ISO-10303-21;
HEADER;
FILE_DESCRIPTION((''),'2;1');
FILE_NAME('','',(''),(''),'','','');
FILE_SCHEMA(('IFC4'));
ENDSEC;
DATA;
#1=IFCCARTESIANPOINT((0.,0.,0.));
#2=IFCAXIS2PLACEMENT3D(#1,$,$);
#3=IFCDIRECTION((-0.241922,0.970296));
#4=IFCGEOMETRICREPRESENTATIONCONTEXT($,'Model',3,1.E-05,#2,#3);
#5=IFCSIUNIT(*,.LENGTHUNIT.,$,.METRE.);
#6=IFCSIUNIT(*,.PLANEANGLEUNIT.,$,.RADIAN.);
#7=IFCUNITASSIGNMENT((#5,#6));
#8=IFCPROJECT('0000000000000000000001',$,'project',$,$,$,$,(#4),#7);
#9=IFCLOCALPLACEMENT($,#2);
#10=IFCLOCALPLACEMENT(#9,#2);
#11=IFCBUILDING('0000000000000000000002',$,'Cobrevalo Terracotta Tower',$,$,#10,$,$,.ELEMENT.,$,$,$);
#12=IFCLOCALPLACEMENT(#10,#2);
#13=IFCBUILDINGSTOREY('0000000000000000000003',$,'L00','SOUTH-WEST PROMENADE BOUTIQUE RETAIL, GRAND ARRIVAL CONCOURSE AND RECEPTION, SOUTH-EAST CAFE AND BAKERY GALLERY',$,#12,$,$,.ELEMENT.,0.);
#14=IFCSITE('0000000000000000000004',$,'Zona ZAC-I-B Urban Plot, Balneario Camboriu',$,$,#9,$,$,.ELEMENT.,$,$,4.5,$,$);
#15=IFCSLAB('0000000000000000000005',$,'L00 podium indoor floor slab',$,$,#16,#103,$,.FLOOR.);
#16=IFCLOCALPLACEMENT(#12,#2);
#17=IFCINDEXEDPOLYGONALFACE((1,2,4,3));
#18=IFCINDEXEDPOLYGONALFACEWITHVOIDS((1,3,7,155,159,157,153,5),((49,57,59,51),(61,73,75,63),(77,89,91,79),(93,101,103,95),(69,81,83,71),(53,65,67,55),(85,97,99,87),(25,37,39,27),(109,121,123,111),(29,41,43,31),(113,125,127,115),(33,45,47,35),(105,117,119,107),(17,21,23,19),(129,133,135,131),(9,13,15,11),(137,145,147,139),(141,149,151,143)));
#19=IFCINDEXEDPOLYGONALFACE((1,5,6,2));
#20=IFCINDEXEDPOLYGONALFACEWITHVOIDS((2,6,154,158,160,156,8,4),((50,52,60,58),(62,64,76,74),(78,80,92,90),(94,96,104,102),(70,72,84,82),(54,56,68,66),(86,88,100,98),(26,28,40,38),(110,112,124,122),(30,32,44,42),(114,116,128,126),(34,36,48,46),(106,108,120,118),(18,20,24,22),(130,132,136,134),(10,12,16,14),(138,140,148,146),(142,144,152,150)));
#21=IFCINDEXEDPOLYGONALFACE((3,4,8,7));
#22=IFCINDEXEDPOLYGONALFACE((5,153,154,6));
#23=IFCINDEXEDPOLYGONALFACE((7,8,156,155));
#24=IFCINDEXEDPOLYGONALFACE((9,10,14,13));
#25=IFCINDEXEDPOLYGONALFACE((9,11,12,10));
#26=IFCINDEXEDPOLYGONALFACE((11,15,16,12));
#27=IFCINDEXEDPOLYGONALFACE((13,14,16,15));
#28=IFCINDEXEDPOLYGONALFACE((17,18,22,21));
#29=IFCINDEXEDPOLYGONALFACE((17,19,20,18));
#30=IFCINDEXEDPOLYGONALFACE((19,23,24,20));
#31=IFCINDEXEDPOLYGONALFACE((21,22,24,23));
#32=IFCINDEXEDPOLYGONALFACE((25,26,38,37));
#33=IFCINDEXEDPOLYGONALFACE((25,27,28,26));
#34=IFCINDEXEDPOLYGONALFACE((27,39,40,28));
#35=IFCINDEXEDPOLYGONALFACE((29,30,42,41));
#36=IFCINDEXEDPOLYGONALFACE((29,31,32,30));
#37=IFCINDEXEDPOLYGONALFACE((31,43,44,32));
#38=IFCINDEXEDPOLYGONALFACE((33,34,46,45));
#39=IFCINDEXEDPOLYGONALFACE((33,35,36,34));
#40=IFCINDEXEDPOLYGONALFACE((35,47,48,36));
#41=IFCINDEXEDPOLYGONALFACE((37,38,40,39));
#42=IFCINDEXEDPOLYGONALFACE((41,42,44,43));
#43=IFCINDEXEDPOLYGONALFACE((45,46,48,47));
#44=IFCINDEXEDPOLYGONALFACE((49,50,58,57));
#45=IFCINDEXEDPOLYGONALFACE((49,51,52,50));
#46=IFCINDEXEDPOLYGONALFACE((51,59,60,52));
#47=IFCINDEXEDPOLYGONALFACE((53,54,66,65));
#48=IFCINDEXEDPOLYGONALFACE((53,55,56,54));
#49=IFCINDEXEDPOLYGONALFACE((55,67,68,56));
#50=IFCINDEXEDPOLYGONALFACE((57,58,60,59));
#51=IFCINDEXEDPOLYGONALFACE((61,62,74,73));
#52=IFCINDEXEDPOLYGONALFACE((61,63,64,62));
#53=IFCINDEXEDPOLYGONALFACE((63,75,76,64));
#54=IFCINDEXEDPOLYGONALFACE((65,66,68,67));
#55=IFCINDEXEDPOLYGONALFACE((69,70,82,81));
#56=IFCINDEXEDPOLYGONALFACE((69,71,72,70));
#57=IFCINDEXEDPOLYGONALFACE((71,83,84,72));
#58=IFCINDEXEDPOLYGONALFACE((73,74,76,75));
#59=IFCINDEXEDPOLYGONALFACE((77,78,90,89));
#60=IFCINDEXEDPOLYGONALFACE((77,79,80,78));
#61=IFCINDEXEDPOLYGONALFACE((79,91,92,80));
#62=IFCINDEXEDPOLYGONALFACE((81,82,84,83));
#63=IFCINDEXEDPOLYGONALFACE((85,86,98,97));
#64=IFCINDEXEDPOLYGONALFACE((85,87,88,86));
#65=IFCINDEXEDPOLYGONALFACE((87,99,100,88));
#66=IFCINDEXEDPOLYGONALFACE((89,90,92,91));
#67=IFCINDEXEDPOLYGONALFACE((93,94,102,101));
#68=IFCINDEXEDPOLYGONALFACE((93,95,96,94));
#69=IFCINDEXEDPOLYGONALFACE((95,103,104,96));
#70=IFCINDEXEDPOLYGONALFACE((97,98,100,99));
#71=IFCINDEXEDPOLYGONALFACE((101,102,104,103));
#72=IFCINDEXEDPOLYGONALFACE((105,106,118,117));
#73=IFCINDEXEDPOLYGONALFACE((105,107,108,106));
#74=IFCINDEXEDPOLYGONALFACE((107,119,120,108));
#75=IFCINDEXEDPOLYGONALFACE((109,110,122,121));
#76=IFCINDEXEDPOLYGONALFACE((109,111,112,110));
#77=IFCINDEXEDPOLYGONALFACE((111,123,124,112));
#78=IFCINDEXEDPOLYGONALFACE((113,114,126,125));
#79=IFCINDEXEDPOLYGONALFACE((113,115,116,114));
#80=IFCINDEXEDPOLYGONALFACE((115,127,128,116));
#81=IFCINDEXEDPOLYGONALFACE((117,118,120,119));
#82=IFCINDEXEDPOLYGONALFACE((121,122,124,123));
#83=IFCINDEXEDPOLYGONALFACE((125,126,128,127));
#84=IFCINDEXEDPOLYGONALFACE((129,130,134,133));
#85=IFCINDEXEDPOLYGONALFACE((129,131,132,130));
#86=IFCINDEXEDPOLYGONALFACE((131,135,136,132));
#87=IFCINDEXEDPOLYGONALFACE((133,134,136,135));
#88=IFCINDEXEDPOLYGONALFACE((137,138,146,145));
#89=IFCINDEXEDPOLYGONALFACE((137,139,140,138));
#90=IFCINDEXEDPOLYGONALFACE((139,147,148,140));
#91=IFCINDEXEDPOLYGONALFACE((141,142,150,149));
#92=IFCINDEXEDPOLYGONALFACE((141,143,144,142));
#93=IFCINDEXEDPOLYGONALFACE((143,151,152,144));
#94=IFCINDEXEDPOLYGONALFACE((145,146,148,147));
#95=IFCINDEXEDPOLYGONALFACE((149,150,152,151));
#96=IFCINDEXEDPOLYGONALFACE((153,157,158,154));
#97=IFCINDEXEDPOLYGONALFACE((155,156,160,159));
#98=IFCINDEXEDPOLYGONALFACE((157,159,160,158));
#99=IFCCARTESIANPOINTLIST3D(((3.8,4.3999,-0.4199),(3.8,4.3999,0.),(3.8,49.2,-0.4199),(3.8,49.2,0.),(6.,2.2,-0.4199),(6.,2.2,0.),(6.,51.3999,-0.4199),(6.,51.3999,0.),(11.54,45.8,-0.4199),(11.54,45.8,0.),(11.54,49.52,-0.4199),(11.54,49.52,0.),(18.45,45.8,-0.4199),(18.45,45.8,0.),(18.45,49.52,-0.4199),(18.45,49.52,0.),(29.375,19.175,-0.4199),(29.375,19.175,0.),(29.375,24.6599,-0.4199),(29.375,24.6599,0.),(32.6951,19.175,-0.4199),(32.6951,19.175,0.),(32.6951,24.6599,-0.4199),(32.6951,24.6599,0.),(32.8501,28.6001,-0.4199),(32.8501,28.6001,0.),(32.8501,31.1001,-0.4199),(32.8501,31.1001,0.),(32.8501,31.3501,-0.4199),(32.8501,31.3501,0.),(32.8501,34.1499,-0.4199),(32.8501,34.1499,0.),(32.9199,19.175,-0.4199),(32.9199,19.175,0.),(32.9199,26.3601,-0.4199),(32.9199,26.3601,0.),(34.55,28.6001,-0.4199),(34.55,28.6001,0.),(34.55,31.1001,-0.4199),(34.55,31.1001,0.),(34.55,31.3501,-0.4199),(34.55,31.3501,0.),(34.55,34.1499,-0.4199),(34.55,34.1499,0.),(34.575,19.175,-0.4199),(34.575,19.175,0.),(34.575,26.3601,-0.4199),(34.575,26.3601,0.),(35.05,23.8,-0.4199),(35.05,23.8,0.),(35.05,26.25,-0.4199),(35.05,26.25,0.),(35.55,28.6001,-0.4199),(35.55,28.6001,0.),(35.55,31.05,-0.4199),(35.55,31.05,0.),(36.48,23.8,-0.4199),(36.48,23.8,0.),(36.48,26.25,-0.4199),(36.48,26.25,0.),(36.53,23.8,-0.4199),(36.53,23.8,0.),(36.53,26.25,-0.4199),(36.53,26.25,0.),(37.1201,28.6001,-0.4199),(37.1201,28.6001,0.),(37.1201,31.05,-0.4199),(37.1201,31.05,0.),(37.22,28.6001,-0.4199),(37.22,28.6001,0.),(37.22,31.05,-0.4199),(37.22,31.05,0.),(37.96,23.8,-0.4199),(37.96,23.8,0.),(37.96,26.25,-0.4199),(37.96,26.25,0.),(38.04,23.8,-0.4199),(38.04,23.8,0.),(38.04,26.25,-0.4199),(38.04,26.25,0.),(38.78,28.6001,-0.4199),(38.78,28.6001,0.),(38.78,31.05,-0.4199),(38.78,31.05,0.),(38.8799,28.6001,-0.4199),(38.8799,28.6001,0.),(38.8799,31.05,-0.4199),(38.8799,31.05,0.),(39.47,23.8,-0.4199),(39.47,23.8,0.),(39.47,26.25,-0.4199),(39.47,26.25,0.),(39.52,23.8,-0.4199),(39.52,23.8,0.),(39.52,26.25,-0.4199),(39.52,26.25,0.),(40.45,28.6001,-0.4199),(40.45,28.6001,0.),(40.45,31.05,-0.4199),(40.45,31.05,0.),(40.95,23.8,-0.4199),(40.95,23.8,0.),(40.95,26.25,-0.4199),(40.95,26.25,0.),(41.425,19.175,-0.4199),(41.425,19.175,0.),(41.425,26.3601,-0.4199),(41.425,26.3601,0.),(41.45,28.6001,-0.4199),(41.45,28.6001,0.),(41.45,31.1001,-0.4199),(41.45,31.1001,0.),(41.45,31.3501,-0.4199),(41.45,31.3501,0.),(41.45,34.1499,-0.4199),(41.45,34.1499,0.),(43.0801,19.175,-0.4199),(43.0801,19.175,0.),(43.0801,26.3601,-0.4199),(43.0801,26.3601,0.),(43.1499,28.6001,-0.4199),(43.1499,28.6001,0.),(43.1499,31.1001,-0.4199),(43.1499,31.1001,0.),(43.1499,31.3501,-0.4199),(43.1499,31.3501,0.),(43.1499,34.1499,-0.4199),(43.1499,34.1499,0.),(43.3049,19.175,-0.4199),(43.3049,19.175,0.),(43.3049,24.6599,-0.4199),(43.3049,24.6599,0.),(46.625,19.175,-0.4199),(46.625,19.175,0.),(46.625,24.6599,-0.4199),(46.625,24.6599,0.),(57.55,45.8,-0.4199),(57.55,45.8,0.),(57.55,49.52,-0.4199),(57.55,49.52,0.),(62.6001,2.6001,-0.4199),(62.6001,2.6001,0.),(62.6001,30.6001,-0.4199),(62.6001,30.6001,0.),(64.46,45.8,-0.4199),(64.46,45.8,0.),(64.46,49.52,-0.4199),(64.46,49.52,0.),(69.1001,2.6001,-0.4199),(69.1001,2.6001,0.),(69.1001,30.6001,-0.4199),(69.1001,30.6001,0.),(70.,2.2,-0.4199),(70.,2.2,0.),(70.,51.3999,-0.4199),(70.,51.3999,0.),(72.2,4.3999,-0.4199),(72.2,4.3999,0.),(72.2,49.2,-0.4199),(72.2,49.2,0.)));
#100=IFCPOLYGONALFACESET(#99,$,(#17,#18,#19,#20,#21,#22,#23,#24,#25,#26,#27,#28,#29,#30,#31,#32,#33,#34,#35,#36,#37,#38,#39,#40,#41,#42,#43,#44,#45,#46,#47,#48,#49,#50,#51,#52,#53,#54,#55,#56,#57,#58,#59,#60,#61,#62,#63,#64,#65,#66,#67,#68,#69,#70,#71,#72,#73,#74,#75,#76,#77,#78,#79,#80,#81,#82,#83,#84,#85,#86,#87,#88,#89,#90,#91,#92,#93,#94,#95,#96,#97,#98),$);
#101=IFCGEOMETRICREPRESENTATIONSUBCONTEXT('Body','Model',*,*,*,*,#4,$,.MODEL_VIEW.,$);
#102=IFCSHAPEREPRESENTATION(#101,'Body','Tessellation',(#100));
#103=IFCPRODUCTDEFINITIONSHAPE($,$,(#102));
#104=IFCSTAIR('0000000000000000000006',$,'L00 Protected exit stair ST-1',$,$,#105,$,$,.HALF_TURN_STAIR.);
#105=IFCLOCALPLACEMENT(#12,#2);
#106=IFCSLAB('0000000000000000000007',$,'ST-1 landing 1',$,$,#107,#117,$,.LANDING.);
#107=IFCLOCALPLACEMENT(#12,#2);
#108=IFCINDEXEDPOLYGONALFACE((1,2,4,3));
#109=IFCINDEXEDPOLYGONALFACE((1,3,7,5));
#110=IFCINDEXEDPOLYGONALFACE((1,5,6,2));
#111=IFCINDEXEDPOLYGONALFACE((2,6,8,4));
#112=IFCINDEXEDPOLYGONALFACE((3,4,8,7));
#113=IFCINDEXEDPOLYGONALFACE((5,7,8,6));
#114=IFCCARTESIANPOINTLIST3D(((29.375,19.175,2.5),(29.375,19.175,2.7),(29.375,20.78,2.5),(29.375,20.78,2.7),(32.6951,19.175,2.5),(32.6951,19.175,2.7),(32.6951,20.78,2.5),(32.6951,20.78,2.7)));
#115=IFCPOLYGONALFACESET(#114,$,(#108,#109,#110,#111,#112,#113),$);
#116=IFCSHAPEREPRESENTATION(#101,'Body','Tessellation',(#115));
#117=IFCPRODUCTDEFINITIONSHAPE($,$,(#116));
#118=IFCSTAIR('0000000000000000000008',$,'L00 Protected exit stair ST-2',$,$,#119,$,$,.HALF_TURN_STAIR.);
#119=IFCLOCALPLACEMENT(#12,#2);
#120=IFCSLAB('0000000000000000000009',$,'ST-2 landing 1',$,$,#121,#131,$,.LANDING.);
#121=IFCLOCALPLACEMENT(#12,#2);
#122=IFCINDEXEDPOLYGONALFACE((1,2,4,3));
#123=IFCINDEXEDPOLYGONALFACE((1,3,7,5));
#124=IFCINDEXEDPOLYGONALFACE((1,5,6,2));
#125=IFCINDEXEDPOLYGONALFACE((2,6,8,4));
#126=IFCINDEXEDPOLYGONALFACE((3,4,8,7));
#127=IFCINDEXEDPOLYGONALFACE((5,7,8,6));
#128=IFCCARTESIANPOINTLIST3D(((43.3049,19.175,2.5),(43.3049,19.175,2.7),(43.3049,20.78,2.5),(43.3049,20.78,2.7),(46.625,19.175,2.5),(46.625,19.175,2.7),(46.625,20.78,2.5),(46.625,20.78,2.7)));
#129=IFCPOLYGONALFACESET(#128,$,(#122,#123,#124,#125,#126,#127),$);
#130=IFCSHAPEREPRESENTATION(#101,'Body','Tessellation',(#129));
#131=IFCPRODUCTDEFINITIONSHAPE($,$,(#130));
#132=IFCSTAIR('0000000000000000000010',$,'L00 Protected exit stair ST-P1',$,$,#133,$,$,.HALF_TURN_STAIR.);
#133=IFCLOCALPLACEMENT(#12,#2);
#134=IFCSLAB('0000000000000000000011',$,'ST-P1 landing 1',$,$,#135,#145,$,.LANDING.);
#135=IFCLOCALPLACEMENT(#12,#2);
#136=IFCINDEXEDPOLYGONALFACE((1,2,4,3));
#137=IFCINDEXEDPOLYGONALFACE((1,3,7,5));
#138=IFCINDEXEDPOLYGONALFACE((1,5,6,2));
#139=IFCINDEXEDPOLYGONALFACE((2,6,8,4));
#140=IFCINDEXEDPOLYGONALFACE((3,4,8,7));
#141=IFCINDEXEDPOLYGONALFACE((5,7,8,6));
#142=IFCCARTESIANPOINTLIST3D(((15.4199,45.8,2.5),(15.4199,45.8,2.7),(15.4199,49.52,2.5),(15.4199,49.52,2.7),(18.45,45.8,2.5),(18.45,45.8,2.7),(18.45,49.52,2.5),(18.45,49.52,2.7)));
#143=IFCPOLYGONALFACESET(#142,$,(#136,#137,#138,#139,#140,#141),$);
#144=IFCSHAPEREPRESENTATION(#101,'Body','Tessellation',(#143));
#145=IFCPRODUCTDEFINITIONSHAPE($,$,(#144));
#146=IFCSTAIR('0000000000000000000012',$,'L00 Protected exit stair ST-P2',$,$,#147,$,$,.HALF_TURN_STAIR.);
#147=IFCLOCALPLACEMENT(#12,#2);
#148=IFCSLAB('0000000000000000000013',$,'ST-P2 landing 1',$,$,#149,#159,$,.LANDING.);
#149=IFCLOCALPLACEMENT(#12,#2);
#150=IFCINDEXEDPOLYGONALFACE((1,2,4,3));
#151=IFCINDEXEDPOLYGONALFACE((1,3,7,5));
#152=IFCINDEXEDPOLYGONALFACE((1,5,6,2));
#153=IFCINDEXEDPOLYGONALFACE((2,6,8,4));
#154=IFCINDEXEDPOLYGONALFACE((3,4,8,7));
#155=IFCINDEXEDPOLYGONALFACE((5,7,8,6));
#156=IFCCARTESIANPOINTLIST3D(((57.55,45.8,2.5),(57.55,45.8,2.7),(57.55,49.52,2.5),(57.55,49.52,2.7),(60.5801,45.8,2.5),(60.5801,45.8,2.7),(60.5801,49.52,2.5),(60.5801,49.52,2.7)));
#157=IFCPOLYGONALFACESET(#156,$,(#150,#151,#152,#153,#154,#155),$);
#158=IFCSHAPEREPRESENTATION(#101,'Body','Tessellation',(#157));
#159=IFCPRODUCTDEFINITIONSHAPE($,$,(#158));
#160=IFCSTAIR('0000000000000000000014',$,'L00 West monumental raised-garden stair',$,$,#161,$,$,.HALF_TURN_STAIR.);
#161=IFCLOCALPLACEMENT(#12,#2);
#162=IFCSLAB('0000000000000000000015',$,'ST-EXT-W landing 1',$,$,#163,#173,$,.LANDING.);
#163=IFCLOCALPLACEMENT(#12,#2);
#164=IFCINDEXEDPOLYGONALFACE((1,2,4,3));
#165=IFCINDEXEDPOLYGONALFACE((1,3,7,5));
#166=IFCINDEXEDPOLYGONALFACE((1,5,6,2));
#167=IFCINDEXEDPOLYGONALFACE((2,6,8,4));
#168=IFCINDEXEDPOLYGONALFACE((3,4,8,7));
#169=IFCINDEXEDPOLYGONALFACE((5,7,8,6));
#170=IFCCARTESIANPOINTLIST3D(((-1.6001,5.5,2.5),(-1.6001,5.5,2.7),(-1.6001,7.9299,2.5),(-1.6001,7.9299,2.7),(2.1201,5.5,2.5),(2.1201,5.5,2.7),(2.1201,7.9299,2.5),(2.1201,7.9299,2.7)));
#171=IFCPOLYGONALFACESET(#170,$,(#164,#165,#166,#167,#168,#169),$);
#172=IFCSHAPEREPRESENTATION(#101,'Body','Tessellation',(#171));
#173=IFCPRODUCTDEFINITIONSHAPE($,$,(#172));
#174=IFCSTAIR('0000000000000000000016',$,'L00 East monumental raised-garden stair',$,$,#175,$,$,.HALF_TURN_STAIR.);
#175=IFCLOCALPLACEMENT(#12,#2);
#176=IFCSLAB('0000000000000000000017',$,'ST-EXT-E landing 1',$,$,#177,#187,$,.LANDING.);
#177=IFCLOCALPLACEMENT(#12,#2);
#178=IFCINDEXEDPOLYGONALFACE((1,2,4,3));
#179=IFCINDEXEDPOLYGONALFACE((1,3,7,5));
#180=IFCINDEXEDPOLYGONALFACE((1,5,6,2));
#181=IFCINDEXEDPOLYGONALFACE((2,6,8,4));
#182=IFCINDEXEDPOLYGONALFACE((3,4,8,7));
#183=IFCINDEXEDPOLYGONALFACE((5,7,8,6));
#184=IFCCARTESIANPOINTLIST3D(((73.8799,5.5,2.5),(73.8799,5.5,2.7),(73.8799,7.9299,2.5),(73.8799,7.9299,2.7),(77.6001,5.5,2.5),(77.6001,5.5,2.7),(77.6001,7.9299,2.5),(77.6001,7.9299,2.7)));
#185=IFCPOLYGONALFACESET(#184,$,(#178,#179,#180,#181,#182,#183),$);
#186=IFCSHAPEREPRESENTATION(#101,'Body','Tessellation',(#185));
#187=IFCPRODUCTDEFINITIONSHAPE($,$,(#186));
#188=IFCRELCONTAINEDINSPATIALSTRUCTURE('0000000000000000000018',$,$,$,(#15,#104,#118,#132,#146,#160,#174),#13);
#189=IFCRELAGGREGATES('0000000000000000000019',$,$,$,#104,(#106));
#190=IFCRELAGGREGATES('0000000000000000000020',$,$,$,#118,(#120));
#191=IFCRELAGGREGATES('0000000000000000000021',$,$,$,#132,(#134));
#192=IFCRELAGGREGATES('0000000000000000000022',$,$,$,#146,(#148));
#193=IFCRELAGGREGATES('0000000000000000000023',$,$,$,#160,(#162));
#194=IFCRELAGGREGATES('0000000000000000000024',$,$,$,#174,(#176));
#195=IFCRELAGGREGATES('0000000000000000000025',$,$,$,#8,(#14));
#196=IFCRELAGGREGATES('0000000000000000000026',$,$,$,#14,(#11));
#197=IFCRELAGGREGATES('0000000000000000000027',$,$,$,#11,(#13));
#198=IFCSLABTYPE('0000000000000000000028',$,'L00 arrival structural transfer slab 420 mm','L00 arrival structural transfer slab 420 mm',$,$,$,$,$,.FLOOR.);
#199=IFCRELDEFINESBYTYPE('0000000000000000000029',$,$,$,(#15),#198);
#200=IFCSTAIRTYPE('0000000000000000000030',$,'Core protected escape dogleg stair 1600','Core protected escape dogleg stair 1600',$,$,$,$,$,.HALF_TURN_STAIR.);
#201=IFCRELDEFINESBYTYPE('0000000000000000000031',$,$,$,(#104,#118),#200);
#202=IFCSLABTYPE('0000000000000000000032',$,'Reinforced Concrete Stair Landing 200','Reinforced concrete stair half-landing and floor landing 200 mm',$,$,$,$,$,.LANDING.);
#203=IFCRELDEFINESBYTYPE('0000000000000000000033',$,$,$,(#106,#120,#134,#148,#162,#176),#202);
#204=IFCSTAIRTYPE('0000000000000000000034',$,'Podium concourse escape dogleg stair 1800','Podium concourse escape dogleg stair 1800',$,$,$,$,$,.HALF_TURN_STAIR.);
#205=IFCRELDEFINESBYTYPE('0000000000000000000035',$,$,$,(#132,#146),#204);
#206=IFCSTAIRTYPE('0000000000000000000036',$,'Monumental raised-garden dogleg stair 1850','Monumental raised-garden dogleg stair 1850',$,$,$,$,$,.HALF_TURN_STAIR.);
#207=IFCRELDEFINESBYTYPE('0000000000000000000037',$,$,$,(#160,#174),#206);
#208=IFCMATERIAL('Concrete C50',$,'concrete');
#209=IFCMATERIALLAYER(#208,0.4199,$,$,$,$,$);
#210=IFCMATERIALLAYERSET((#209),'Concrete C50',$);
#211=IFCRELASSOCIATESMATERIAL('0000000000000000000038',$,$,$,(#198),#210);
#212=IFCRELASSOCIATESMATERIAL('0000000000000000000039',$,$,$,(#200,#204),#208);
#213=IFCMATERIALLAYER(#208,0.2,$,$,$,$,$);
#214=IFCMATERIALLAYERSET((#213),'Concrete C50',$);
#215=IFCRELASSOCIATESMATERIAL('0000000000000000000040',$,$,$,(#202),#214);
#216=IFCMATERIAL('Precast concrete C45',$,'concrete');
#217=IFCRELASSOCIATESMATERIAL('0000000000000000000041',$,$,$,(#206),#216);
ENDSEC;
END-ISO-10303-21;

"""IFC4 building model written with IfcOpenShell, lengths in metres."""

from ifc_helpers import new_model, si_unit, direction, frame, origin, place, context, subcontext, project, spatial, polyline, outline, extrude, material, layer, layer_set, type_object, element, aggregate, save


model = new_model("IFC4")

# Units and contexts
model_context = context("Model", 3, precision=1e-05, world=origin(), true_north=direction((-0.241922, 0.970296)))
body_context = subcontext(model_context, "Body", "Model", "MODEL_VIEW")
ifc_project = project(units=[si_unit("LENGTHUNIT", "METRE"), si_unit("PLANEANGLEUNIT", "RADIAN")], contexts=[model_context])

# Site, building, storey
site_placement = place(None, origin())
site = spatial("IfcSite", under=ifc_project, at=site_placement, Name="Zona ZAC-I-B Urban Plot, Balneario Camboriu", CompositionType="ELEMENT", RefElevation=4.5)
building_placement = place(site_placement, origin())
building = spatial("IfcBuilding", under=site, at=building_placement, Name="Cobrevalo Terracotta Tower", CompositionType="ELEMENT")
storey_placement = place(building_placement, origin())
storey = spatial("IfcBuildingStorey", under=building, at=storey_placement, Name="L00", Description="SOUTH-WEST PROMENADE BOUTIQUE RETAIL, GRAND ARRIVAL CONCOURSE AND RECEPTION, SOUTH-EAST CAFE AND BAKERY GALLERY", CompositionType="ELEMENT", Elevation=0.0)

# Slab
ifc_material_1 = material(Name="Concrete C50", Category="concrete")
ifc_layer_1 = layer(ifc_material_1, 0.4199)
ifc_layer_set_1 = layer_set([ifc_layer_1], Name="Concrete C50")
slab_type_1 = type_object("IfcSlabType", Name="L00 arrival structural transfer slab 420 mm", Description="L00 arrival structural transfer slab 420 mm", PredefinedType="FLOOR", material=ifc_layer_set_1)
slab_1_placement = place(storey_placement, frame((0.0, 0.0, -0.4199)))
element("IfcSlab", 1, at=slab_1_placement, inside=storey, type_object=slab_type_1, Name="L00 podium indoor floor slab", PredefinedType="FLOOR", context=body_context, shape_type="SweptSolid", body=[
    extrude(outline(polyline([(3.8, 4.3999), (3.8, 49.2), (6.0, 51.3999), (70.0, 51.3999), (72.2, 49.2), (72.2, 4.3999), (70.0, 2.2), (6.0, 2.2), (3.8, 4.3999)]), holes=[polyline([(29.375, 19.175), (32.6951, 19.175), (32.6951, 24.6599), (29.375, 24.6599), (29.375, 19.175)]), polyline([(34.575, 19.175), (34.575, 26.3601), (32.9199, 26.3601), (32.9199, 19.175), (34.575, 19.175)]), polyline([(36.48, 23.8), (36.48, 26.25), (35.05, 26.25), (35.05, 23.8), (36.48, 23.8)]), polyline([(37.96, 23.8), (37.96, 26.25), (36.53, 26.25), (36.53, 23.8), (37.96, 23.8)]), polyline([(37.1201, 28.6001), (37.1201, 31.05), (35.55, 31.05), (35.55, 28.6001), (37.1201, 28.6001)]), polyline([(38.78, 28.6001), (38.78, 31.05), (37.22, 31.05), (37.22, 28.6001), (38.78, 28.6001)]), polyline([(34.55, 28.6001), (34.55, 31.1001), (32.8501, 31.1001), (32.8501, 28.6001), (34.55, 28.6001)]), polyline([(32.8501, 31.3501), (34.55, 31.3501), (34.55, 34.1499), (32.8501, 34.1499), (32.8501, 31.3501)]), polyline([(11.54, 45.8), (18.45, 45.8), (18.45, 49.52), (11.54, 49.52), (11.54, 45.8)]), polyline([(69.1001, 2.6001), (69.1001, 30.6001), (62.6001, 30.6001), (62.6001, 2.6001), (69.1001, 2.6001)]), polyline([(43.3049, 19.175), (46.625, 19.175), (46.625, 24.6599), (43.3049, 24.6599), (43.3049, 19.175)]), polyline([(43.0801, 19.175), (43.0801, 26.3601), (41.425, 26.3601), (41.425, 19.175), (43.0801, 19.175)]), polyline([(39.47, 23.8), (39.47, 26.25), (38.04, 26.25), (38.04, 23.8), (39.47, 23.8)]), polyline([(40.95, 23.8), (40.95, 26.25), (39.52, 26.25), (39.52, 23.8), (40.95, 23.8)]), polyline([(40.45, 28.6001), (40.45, 31.05), (38.8799, 31.05), (38.8799, 28.6001), (40.45, 28.6001)]), polyline([(43.1499, 28.6001), (43.1499, 31.1001), (41.45, 31.1001), (41.45, 28.6001), (43.1499, 28.6001)]), polyline([(41.45, 31.3501), (43.1499, 31.3501), (43.1499, 34.1499), (41.45, 34.1499), (41.45, 31.3501)]), polyline([(64.46, 49.52), (57.55, 49.52), (57.55, 45.8), (64.46, 45.8), (64.46, 49.52)])]), origin(), (0.0, 0.0, 1.0), 0.4199),
])

# Stairs, slabs
stair_type_1 = type_object("IfcStairType", Name="Core protected escape dogleg stair 1600", Description="Core protected escape dogleg stair 1600", PredefinedType="HALF_TURN_STAIR", material=ifc_material_1)
stair_1_placement = place(storey_placement, origin())
stair_1 = element("IfcStair", 2, at=stair_1_placement, inside=storey, type_object=stair_type_1, Name="L00 Protected exit stair ST-1", PredefinedType="HALF_TURN_STAIR")
ifc_layer_2 = layer(ifc_material_1, 0.2)
ifc_layer_set_2 = layer_set([ifc_layer_2], Name="Concrete C50")
slab_type_2 = type_object("IfcSlabType", Name="Reinforced Concrete Stair Landing 200", Description="Reinforced concrete stair half-landing and floor landing 200 mm", PredefinedType="LANDING", material=ifc_layer_set_2)
slab_2_placement = place(storey_placement, frame((0.0, 0.0, 2.5)))
slab_2 = element("IfcSlab", 3, at=slab_2_placement, type_object=slab_type_2, Name="ST-1 landing 1", PredefinedType="LANDING", context=body_context, shape_type="SweptSolid", body=[
    extrude(outline(polyline([(29.375, 20.78), (29.375, 19.175), (32.6951, 19.175), (32.6951, 20.78), (29.375, 20.78)])), origin(), (0.0, 0.0, 1.0), 0.2),
])
aggregate(stair_1, [slab_2])
stair_2_placement = place(storey_placement, origin())
stair_2 = element("IfcStair", 4, at=stair_2_placement, inside=storey, type_object=stair_type_1, Name="L00 Protected exit stair ST-2", PredefinedType="HALF_TURN_STAIR")
slab_3_placement = place(storey_placement, frame((0.0, 0.0, 2.5)))
slab_3 = element("IfcSlab", 5, at=slab_3_placement, type_object=slab_type_2, Name="ST-2 landing 1", PredefinedType="LANDING", context=body_context, shape_type="SweptSolid", body=[
    extrude(outline(polyline([(43.3049, 20.78), (43.3049, 19.175), (46.625, 19.175), (46.625, 20.78), (43.3049, 20.78)])), origin(), (0.0, 0.0, 1.0), 0.2),
])
aggregate(stair_2, [slab_3])
stair_type_2 = type_object("IfcStairType", Name="Podium concourse escape dogleg stair 1800", Description="Podium concourse escape dogleg stair 1800", PredefinedType="HALF_TURN_STAIR", material=ifc_material_1)
stair_3_placement = place(storey_placement, origin())
stair_3 = element("IfcStair", 6, at=stair_3_placement, inside=storey, type_object=stair_type_2, Name="L00 Protected exit stair ST-P1", PredefinedType="HALF_TURN_STAIR")
slab_4_placement = place(storey_placement, frame((0.0, 0.0, 2.5)))
slab_4 = element("IfcSlab", 7, at=slab_4_placement, type_object=slab_type_2, Name="ST-P1 landing 1", PredefinedType="LANDING", context=body_context, shape_type="SweptSolid", body=[
    extrude(outline(polyline([(15.4199, 45.8), (18.45, 45.8), (18.45, 49.52), (15.4199, 49.52), (15.4199, 45.8)])), origin(), (0.0, 0.0, 1.0), 0.2),
])
aggregate(stair_3, [slab_4])
stair_4_placement = place(storey_placement, origin())
stair_4 = element("IfcStair", 8, at=stair_4_placement, inside=storey, type_object=stair_type_2, Name="L00 Protected exit stair ST-P2", PredefinedType="HALF_TURN_STAIR")
slab_5_placement = place(storey_placement, frame((0.0, 0.0, 2.5)))
slab_5 = element("IfcSlab", 9, at=slab_5_placement, type_object=slab_type_2, Name="ST-P2 landing 1", PredefinedType="LANDING", context=body_context, shape_type="SweptSolid", body=[
    extrude(outline(polyline([(60.5801, 49.52), (57.55, 49.52), (57.55, 45.8), (60.5801, 45.8), (60.5801, 49.52)])), origin(), (0.0, 0.0, 1.0), 0.2),
])
aggregate(stair_4, [slab_5])
ifc_material_2 = material(Name="Precast concrete C45", Category="concrete")
stair_type_3 = type_object("IfcStairType", Name="Monumental raised-garden dogleg stair 1850", Description="Monumental raised-garden dogleg stair 1850", PredefinedType="HALF_TURN_STAIR", material=ifc_material_2)
stair_5_placement = place(storey_placement, origin())
stair_5 = element("IfcStair", 10, at=stair_5_placement, inside=storey, type_object=stair_type_3, Name="L00 West monumental raised-garden stair", PredefinedType="HALF_TURN_STAIR")
slab_6_placement = place(storey_placement, frame((0.0, 0.0, 2.5)))
slab_6 = element("IfcSlab", 11, at=slab_6_placement, type_object=slab_type_2, Name="ST-EXT-W landing 1", PredefinedType="LANDING", context=body_context, shape_type="SweptSolid", body=[
    extrude(outline(polyline([(-1.6001, 7.9299), (-1.6001, 5.5), (2.1201, 5.5), (2.1201, 7.9299), (-1.6001, 7.9299)])), origin(), (0.0, 0.0, 1.0), 0.2),
])
aggregate(stair_5, [slab_6])
stair_6_placement = place(storey_placement, origin())
stair_6 = element("IfcStair", 12, at=stair_6_placement, inside=storey, type_object=stair_type_3, Name="L00 East monumental raised-garden stair", PredefinedType="HALF_TURN_STAIR")
slab_7_placement = place(storey_placement, frame((0.0, 0.0, 2.5)))
slab_7 = element("IfcSlab", 13, at=slab_7_placement, type_object=slab_type_2, Name="ST-EXT-E landing 1", PredefinedType="LANDING", context=body_context, shape_type="SweptSolid", body=[
    extrude(outline(polyline([(73.8799, 7.9299), (73.8799, 5.5), (77.6001, 5.5), (77.6001, 7.9299), (73.8799, 7.9299)])), origin(), (0.0, 0.0, 1.0), 0.2),
])
aggregate(stair_6, [slab_7])

save(model, "model.ifc")
